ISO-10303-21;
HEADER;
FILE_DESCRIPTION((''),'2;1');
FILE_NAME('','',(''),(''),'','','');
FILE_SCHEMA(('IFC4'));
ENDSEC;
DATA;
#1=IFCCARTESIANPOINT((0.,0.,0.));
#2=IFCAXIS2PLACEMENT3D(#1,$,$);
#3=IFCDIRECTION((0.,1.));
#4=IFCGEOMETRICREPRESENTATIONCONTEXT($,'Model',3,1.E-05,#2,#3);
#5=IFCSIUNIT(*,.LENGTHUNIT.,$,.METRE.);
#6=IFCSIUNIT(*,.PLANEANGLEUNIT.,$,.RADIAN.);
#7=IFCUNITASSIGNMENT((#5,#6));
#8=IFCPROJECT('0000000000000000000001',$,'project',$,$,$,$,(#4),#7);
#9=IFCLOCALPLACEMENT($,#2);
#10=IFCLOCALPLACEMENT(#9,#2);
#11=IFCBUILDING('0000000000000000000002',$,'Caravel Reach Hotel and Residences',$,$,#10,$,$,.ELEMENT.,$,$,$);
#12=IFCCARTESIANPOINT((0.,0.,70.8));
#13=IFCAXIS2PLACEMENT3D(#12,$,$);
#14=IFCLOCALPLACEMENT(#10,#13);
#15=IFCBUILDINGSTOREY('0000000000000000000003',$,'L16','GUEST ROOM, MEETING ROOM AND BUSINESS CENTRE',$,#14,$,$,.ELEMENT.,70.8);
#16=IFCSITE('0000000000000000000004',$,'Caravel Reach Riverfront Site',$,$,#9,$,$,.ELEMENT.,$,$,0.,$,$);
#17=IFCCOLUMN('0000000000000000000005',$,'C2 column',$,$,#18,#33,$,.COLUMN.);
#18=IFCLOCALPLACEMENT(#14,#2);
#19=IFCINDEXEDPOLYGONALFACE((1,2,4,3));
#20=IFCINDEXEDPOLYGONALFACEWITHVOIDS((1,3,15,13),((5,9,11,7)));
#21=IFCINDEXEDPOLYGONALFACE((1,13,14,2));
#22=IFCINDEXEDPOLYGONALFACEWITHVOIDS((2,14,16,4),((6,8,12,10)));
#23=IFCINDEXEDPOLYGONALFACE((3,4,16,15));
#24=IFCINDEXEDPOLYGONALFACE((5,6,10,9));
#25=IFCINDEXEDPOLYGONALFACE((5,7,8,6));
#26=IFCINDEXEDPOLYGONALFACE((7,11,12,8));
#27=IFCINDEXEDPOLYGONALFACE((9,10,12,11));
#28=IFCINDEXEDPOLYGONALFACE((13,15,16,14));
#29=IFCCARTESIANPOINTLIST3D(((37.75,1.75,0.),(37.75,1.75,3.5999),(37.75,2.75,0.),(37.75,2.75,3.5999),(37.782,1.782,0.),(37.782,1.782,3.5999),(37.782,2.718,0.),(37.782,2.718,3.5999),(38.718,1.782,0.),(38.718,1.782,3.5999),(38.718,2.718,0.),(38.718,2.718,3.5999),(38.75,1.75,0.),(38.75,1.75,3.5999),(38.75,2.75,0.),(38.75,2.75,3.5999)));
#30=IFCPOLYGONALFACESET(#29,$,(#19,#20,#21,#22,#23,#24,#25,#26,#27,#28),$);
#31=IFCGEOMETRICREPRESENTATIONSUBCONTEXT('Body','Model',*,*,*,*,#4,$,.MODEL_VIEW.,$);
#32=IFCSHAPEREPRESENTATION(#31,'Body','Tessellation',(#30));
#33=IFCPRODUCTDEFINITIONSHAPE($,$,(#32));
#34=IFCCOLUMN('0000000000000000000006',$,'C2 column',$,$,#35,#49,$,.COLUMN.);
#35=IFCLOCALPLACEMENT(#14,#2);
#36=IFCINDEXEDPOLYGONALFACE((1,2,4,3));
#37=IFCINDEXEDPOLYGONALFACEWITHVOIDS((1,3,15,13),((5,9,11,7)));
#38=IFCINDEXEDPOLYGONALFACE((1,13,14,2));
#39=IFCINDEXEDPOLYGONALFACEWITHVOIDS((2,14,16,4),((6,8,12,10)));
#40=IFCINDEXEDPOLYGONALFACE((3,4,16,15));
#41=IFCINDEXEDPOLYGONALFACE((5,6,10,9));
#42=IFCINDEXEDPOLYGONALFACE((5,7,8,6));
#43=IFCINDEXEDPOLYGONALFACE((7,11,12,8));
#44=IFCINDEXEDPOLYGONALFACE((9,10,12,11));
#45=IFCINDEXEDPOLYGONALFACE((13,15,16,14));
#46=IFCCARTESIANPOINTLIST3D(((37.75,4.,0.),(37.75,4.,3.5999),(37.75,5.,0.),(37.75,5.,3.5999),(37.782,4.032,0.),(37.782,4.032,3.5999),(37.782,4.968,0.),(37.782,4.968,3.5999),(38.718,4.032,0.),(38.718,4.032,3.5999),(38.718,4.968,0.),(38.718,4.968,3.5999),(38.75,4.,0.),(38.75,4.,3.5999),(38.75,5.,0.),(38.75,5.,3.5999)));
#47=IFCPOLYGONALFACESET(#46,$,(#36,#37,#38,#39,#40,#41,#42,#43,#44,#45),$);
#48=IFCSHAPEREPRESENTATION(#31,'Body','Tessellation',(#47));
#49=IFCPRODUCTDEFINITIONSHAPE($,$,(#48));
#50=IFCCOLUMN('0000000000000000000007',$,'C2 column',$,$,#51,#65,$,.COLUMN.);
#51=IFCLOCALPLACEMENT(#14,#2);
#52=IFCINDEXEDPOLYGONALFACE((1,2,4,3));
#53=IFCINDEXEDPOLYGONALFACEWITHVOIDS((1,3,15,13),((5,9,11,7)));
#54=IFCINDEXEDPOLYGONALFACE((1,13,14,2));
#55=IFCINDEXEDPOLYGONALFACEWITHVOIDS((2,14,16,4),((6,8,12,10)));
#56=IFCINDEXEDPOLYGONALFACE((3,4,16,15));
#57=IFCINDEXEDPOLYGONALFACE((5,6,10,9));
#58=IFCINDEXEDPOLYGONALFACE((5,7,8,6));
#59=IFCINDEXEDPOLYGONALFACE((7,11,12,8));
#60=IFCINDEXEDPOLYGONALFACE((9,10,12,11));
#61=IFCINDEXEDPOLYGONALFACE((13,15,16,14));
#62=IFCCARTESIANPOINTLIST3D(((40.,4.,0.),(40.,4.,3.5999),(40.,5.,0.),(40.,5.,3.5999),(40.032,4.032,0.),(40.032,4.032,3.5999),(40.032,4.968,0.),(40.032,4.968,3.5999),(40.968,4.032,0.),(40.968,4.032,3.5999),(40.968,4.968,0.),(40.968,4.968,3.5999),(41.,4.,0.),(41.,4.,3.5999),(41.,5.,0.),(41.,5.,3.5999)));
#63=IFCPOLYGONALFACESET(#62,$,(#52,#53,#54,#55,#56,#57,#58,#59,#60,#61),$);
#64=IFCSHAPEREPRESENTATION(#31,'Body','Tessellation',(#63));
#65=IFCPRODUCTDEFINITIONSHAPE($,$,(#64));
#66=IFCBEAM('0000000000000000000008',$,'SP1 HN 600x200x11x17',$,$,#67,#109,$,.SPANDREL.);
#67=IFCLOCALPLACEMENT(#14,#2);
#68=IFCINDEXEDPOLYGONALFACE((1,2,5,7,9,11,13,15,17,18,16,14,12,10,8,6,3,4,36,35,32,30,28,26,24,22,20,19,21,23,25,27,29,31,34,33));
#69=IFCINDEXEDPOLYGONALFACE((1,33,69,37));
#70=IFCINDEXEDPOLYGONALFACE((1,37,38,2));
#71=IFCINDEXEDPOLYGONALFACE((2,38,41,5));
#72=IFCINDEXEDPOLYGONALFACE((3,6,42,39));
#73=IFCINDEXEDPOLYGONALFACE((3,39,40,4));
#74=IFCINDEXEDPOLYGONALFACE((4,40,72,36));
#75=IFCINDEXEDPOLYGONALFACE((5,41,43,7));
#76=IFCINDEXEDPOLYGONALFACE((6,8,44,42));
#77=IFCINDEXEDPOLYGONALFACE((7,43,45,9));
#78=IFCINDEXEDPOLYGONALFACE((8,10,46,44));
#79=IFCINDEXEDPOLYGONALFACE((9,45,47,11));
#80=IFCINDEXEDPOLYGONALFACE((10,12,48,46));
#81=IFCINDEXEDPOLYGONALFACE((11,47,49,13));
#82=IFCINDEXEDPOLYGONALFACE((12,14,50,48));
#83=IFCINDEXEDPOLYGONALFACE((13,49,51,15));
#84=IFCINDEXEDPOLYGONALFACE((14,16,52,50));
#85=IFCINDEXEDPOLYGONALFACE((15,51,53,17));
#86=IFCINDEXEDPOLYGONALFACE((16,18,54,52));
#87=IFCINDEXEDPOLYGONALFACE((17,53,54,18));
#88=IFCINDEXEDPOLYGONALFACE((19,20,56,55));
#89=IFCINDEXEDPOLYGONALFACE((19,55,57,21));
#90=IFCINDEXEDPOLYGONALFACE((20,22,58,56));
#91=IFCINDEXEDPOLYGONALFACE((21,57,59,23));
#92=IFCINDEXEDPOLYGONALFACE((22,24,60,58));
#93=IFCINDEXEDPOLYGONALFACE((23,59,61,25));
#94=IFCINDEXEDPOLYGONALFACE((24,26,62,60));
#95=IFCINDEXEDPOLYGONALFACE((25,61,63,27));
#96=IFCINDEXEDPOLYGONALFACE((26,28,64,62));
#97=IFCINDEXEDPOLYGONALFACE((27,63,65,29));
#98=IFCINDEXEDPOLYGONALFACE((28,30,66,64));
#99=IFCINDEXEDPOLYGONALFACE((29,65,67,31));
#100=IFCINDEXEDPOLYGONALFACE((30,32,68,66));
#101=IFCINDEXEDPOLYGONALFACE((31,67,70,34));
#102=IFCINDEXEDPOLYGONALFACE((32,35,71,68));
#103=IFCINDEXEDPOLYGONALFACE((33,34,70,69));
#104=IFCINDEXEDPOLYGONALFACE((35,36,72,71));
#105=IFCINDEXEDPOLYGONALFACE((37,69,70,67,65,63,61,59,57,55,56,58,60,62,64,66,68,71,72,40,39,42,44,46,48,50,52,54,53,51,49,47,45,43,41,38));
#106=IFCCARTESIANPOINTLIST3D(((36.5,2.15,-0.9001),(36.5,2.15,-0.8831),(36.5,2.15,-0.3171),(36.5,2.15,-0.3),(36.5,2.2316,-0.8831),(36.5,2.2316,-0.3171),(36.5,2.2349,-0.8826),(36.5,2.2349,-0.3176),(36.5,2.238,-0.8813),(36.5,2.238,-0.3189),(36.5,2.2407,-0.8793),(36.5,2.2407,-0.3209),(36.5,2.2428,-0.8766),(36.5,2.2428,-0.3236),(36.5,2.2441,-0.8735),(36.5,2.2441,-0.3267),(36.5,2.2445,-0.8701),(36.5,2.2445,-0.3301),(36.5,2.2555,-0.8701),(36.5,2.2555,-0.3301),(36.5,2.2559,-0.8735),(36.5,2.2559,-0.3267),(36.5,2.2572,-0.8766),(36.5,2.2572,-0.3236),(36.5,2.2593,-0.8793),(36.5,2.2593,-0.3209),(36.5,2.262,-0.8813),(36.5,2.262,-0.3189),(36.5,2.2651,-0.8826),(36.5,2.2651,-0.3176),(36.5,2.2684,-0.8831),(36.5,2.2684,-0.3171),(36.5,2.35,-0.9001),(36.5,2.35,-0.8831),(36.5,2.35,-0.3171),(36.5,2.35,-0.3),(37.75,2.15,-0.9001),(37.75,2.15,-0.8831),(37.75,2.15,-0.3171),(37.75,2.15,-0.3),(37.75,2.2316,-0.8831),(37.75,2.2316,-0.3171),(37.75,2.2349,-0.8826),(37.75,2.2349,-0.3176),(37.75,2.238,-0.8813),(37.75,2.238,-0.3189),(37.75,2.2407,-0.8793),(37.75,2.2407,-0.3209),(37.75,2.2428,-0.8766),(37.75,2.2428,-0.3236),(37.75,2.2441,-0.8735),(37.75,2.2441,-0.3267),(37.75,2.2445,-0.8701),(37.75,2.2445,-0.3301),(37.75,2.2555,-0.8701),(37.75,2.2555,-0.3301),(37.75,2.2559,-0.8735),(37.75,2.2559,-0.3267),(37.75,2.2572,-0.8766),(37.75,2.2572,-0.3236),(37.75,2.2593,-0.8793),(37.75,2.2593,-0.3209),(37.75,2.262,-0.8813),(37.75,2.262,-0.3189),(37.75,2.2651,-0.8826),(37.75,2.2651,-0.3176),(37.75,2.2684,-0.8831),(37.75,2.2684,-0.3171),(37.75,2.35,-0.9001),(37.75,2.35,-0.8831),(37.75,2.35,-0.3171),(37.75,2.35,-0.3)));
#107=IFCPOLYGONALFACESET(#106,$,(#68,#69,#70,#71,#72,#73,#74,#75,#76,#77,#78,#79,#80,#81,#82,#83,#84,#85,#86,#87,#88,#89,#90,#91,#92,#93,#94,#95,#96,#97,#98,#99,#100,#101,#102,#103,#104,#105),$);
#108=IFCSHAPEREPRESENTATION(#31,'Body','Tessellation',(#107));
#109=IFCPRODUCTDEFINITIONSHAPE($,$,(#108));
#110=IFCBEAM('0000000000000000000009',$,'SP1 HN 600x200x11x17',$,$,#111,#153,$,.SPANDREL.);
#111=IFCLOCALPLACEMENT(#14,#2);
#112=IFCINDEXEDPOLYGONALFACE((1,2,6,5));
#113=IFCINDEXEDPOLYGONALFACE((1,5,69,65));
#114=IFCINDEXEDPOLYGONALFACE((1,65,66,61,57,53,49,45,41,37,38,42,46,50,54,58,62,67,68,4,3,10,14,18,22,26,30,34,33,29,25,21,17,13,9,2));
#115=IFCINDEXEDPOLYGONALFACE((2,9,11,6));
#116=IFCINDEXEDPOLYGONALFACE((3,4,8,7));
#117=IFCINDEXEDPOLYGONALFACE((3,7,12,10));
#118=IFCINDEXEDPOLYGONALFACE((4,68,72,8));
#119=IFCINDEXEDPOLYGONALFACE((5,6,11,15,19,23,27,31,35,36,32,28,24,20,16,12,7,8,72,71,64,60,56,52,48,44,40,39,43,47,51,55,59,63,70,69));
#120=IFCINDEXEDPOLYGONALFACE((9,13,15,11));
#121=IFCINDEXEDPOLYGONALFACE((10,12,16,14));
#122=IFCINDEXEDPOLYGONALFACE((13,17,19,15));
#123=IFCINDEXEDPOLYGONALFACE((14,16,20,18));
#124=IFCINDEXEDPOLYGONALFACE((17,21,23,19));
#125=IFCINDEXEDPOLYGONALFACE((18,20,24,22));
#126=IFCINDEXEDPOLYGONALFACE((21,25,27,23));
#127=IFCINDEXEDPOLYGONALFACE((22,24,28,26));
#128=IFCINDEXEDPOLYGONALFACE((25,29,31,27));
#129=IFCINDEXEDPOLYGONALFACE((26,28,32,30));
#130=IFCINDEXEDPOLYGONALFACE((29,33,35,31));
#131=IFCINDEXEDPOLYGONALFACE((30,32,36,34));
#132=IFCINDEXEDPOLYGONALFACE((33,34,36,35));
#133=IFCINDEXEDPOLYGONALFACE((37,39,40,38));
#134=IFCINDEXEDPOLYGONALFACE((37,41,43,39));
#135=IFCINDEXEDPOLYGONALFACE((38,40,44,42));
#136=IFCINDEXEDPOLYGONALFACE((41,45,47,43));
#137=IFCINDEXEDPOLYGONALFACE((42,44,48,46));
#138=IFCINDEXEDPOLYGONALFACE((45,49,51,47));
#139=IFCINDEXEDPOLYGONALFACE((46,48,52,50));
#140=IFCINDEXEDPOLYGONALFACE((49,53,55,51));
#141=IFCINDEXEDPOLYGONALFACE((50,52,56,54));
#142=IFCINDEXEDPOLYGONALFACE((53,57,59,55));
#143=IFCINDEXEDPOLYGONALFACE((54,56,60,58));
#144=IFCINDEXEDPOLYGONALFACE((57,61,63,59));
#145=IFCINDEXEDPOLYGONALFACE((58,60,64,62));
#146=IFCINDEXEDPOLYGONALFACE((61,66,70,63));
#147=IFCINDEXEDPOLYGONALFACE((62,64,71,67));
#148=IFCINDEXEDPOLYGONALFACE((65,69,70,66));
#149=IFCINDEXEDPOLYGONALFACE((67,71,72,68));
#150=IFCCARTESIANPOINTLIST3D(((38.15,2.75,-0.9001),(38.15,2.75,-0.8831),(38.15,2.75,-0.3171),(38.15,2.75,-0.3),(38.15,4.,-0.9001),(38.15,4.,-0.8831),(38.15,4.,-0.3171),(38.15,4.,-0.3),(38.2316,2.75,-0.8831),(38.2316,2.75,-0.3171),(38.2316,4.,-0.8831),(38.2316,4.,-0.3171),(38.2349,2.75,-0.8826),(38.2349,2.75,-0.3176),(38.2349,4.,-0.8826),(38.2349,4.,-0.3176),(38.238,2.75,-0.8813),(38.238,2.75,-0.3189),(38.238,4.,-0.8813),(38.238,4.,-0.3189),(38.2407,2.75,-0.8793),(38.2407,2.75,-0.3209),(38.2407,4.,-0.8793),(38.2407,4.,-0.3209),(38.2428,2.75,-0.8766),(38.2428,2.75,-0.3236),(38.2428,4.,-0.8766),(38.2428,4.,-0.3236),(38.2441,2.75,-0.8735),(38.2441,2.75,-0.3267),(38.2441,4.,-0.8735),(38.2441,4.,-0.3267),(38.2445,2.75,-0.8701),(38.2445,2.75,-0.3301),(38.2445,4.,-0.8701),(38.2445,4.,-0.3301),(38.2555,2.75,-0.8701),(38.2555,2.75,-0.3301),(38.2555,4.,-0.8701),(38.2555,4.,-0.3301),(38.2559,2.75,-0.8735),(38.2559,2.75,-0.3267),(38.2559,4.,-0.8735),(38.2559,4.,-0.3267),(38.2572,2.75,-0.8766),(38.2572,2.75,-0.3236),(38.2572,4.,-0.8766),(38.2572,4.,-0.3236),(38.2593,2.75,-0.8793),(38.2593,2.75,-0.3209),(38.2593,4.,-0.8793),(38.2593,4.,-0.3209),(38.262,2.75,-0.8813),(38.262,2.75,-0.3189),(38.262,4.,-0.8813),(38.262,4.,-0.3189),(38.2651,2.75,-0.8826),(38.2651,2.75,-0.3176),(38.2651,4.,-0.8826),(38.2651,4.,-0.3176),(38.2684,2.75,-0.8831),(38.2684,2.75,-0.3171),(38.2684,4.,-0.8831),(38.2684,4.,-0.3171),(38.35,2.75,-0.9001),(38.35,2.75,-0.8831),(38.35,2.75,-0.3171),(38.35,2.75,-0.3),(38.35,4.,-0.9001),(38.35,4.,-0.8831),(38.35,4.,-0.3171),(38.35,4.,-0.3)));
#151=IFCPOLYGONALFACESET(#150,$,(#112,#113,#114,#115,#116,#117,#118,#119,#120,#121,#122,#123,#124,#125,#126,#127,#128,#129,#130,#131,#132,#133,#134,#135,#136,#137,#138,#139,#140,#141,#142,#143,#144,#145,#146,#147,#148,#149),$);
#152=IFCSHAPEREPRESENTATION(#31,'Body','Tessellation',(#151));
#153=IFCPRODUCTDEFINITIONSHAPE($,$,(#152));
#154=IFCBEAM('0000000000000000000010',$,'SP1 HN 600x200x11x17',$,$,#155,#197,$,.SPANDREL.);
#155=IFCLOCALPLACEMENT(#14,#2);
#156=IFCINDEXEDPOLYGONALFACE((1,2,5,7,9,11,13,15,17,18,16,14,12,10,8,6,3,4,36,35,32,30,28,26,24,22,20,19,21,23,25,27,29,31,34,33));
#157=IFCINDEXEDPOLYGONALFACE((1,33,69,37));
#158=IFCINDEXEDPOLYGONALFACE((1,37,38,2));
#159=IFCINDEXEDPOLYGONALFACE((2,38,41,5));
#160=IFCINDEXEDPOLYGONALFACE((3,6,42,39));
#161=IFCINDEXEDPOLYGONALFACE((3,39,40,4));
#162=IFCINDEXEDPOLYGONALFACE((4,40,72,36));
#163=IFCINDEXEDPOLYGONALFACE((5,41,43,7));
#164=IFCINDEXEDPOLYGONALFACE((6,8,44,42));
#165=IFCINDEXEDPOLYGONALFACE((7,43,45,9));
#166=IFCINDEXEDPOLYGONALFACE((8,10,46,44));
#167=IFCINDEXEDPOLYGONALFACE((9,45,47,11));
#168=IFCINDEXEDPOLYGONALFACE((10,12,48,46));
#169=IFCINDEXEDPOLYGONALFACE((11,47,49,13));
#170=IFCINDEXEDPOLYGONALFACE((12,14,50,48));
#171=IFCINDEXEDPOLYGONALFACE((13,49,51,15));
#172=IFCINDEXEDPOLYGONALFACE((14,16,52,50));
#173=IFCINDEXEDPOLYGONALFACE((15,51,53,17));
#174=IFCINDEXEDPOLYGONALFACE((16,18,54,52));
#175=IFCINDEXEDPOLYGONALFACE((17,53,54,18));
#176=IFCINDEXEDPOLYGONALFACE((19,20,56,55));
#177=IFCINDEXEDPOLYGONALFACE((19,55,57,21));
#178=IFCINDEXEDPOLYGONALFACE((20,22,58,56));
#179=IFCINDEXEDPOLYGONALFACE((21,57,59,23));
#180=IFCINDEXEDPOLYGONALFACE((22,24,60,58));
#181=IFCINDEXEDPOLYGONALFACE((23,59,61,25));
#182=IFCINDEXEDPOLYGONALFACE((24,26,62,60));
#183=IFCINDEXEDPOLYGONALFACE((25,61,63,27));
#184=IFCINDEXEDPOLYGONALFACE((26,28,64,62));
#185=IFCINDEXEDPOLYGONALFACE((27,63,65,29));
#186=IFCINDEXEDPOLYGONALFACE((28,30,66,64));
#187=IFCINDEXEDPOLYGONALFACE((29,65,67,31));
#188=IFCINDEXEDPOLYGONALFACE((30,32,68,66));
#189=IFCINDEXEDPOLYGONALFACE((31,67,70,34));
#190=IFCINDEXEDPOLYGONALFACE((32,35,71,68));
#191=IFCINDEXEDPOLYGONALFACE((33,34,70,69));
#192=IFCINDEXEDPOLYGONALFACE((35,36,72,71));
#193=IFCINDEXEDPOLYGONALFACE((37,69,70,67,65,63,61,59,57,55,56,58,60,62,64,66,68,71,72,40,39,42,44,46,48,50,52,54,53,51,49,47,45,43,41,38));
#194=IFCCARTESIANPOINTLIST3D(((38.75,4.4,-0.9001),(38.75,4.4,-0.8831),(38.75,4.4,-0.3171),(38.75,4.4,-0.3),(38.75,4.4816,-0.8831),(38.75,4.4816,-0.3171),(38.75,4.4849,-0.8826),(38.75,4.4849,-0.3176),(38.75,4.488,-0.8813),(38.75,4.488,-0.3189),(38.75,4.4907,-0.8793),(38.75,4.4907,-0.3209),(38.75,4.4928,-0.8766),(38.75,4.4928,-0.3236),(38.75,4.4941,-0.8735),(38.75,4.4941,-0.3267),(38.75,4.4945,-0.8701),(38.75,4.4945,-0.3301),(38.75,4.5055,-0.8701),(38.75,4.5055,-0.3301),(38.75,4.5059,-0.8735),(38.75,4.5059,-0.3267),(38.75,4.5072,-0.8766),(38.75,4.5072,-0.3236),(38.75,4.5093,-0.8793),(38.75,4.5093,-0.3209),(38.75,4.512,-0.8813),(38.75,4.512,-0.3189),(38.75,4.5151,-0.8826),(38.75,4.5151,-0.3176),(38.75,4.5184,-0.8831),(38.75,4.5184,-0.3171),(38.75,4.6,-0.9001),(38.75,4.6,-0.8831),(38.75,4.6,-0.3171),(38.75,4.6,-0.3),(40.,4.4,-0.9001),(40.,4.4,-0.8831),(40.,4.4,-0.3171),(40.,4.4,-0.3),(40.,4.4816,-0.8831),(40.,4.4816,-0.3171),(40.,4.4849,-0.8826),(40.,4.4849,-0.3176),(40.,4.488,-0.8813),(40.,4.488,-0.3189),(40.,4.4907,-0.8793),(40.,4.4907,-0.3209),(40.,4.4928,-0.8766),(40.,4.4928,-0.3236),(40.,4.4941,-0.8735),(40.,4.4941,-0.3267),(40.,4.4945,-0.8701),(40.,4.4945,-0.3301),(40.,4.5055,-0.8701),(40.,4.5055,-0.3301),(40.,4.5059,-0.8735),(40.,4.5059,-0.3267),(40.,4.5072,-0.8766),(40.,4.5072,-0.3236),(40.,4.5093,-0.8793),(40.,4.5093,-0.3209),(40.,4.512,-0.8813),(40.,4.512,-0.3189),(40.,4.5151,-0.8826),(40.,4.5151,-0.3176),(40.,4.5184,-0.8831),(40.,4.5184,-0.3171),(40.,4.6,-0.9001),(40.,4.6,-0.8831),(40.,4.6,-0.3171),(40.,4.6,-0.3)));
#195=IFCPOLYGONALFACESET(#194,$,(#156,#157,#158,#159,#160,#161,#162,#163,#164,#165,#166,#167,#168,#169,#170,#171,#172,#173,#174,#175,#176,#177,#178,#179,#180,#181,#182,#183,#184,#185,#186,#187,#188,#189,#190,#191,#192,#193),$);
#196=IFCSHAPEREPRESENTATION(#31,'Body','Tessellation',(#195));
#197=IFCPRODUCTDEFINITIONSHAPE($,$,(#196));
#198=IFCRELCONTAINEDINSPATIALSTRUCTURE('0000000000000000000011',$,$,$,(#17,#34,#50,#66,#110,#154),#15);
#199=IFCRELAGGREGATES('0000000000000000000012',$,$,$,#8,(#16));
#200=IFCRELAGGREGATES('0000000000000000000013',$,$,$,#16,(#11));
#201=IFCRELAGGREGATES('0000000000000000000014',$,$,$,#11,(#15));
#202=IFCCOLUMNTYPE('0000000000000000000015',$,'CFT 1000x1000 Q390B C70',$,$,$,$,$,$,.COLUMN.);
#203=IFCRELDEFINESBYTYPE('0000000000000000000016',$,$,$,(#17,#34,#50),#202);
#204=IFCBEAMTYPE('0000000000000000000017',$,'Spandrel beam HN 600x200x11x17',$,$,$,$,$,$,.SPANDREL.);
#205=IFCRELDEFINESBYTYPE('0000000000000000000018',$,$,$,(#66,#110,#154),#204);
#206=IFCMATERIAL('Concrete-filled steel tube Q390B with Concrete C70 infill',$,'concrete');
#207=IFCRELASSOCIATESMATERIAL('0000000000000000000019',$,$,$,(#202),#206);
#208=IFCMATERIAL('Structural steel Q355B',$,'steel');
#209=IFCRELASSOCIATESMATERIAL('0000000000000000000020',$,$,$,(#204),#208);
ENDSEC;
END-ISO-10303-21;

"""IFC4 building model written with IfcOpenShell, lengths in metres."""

from ifc_helpers import new_model, si_unit, direction, frame, origin, origin_2d, place, context, subcontext, project, spatial, hollow_rectangle, i_section, extrude, material, material_profile, profile_set, type_object, element, save


model = new_model("IFC4")

# Units and contexts
model_context = context("Model", 3, precision=1e-05, world=origin(), true_north=direction((0.0, 1.0)))
body_context = subcontext(model_context, "Body", "Model", "MODEL_VIEW")
ifc_project = project(units=[si_unit("LENGTHUNIT", "METRE"), si_unit("PLANEANGLEUNIT", "RADIAN")], contexts=[model_context])

# Site, building, storey
site_placement = place(None, origin())
site = spatial("IfcSite", under=ifc_project, at=site_placement, Name="Caravel Reach Riverfront Site", CompositionType="ELEMENT", RefElevation=0.0)
building_placement = place(site_placement, origin())
building = spatial("IfcBuilding", under=site, at=building_placement, Name="Caravel Reach Hotel and Residences", CompositionType="ELEMENT")
storey_placement = place(building_placement, frame((0.0, 0.0, 70.8)))
storey = spatial("IfcBuildingStorey", under=building, at=storey_placement, Name="L16", Description="GUEST ROOM, MEETING ROOM AND BUSINESS CENTRE", CompositionType="ELEMENT", Elevation=70.8)

# Columns
ifc_material_1 = material(Name="Concrete-filled steel tube Q390B with Concrete C70 infill", Category="concrete")
ifc_material_profile_1 = material_profile(ifc_material_1, hollow_rectangle(XDim=1.0, YDim=1.0, WallThickness=0.032, at=origin_2d()), Name="RHS 1000x1000x32")
ifc_profile_set_1 = profile_set([ifc_material_profile_1], Name="Concrete-filled steel tube Q390B with Concrete C70 infill")
column_type = type_object("IfcColumnType", Name="CFT 1000x1000 Q390B C70", PredefinedType="COLUMN", material=ifc_profile_set_1)
for number, where, z_axis, x_axis, name in (
    (1, (38.25, 2.25, 0.0), (0.0, 0.0, 1.0), (1.0, 0.0, 0.0), "C2 column"),
    (2, (38.25, 4.5, 0.0), (0.0, 0.0, 1.0), (1.0, 0.0, 0.0), "C2 column"),
    (3, (40.5, 4.5, 0.0), (0.0, 0.0, 1.0), (1.0, 0.0, 0.0), "C2 column"),
):
    element("IfcColumn", number, at=place(storey_placement, frame(where, z_axis=z_axis, x_axis=x_axis)), inside=storey, type_object=column_type, Name=name, PredefinedType="COLUMN", context=body_context, shape_type="SweptSolid", body=[
        extrude(hollow_rectangle(XDim=1.0, YDim=1.0, WallThickness=0.032, at=origin_2d()), origin(), (0.0, 0.0, 1.0), 3.5999),
    ])

# Beams
ifc_material_2 = material(Name="Structural steel Q355B", Category="steel")
ifc_material_profile_2 = material_profile(ifc_material_2, i_section(OverallWidth=0.2, OverallDepth=0.6001, WebThickness=0.011, FlangeThickness=0.0171, FilletRadius=0.0129, at=origin_2d()), Name="HN 600x200x11x17")
ifc_profile_set_2 = profile_set([ifc_material_profile_2], Name="Structural steel Q355B")
beam_type = type_object("IfcBeamType", Name="Spandrel beam HN 600x200x11x17", PredefinedType="SPANDREL", material=ifc_profile_set_2)
for number, where, z_axis, x_axis, name in (
    (4, (36.5, 2.25, -0.6001), (1.0, 0.0, 0.0), (0.0, 1.0, 0.0), "SP1 HN 600x200x11x17"),
    (5, (38.25, 2.75, -0.6001), (0.0, 1.0, 0.0), (-1.0, 0.0, 0.0), "SP1 HN 600x200x11x17"),
    (6, (38.75, 4.5, -0.6001), (1.0, 0.0, 0.0), (0.0, 1.0, 0.0), "SP1 HN 600x200x11x17"),
):
    element("IfcBeam", number, at=place(storey_placement, frame(where, z_axis=z_axis, x_axis=x_axis)), inside=storey, type_object=beam_type, Name=name, PredefinedType="SPANDREL", context=body_context, shape_type="SweptSolid", body=[
        extrude(i_section(OverallWidth=0.2, OverallDepth=0.6001, WebThickness=0.011, FlangeThickness=0.0171, FilletRadius=0.0129, at=origin_2d()), origin(), (0.0, 0.0, 1.0), 1.25),
    ])

save(model, "model.ifc")
